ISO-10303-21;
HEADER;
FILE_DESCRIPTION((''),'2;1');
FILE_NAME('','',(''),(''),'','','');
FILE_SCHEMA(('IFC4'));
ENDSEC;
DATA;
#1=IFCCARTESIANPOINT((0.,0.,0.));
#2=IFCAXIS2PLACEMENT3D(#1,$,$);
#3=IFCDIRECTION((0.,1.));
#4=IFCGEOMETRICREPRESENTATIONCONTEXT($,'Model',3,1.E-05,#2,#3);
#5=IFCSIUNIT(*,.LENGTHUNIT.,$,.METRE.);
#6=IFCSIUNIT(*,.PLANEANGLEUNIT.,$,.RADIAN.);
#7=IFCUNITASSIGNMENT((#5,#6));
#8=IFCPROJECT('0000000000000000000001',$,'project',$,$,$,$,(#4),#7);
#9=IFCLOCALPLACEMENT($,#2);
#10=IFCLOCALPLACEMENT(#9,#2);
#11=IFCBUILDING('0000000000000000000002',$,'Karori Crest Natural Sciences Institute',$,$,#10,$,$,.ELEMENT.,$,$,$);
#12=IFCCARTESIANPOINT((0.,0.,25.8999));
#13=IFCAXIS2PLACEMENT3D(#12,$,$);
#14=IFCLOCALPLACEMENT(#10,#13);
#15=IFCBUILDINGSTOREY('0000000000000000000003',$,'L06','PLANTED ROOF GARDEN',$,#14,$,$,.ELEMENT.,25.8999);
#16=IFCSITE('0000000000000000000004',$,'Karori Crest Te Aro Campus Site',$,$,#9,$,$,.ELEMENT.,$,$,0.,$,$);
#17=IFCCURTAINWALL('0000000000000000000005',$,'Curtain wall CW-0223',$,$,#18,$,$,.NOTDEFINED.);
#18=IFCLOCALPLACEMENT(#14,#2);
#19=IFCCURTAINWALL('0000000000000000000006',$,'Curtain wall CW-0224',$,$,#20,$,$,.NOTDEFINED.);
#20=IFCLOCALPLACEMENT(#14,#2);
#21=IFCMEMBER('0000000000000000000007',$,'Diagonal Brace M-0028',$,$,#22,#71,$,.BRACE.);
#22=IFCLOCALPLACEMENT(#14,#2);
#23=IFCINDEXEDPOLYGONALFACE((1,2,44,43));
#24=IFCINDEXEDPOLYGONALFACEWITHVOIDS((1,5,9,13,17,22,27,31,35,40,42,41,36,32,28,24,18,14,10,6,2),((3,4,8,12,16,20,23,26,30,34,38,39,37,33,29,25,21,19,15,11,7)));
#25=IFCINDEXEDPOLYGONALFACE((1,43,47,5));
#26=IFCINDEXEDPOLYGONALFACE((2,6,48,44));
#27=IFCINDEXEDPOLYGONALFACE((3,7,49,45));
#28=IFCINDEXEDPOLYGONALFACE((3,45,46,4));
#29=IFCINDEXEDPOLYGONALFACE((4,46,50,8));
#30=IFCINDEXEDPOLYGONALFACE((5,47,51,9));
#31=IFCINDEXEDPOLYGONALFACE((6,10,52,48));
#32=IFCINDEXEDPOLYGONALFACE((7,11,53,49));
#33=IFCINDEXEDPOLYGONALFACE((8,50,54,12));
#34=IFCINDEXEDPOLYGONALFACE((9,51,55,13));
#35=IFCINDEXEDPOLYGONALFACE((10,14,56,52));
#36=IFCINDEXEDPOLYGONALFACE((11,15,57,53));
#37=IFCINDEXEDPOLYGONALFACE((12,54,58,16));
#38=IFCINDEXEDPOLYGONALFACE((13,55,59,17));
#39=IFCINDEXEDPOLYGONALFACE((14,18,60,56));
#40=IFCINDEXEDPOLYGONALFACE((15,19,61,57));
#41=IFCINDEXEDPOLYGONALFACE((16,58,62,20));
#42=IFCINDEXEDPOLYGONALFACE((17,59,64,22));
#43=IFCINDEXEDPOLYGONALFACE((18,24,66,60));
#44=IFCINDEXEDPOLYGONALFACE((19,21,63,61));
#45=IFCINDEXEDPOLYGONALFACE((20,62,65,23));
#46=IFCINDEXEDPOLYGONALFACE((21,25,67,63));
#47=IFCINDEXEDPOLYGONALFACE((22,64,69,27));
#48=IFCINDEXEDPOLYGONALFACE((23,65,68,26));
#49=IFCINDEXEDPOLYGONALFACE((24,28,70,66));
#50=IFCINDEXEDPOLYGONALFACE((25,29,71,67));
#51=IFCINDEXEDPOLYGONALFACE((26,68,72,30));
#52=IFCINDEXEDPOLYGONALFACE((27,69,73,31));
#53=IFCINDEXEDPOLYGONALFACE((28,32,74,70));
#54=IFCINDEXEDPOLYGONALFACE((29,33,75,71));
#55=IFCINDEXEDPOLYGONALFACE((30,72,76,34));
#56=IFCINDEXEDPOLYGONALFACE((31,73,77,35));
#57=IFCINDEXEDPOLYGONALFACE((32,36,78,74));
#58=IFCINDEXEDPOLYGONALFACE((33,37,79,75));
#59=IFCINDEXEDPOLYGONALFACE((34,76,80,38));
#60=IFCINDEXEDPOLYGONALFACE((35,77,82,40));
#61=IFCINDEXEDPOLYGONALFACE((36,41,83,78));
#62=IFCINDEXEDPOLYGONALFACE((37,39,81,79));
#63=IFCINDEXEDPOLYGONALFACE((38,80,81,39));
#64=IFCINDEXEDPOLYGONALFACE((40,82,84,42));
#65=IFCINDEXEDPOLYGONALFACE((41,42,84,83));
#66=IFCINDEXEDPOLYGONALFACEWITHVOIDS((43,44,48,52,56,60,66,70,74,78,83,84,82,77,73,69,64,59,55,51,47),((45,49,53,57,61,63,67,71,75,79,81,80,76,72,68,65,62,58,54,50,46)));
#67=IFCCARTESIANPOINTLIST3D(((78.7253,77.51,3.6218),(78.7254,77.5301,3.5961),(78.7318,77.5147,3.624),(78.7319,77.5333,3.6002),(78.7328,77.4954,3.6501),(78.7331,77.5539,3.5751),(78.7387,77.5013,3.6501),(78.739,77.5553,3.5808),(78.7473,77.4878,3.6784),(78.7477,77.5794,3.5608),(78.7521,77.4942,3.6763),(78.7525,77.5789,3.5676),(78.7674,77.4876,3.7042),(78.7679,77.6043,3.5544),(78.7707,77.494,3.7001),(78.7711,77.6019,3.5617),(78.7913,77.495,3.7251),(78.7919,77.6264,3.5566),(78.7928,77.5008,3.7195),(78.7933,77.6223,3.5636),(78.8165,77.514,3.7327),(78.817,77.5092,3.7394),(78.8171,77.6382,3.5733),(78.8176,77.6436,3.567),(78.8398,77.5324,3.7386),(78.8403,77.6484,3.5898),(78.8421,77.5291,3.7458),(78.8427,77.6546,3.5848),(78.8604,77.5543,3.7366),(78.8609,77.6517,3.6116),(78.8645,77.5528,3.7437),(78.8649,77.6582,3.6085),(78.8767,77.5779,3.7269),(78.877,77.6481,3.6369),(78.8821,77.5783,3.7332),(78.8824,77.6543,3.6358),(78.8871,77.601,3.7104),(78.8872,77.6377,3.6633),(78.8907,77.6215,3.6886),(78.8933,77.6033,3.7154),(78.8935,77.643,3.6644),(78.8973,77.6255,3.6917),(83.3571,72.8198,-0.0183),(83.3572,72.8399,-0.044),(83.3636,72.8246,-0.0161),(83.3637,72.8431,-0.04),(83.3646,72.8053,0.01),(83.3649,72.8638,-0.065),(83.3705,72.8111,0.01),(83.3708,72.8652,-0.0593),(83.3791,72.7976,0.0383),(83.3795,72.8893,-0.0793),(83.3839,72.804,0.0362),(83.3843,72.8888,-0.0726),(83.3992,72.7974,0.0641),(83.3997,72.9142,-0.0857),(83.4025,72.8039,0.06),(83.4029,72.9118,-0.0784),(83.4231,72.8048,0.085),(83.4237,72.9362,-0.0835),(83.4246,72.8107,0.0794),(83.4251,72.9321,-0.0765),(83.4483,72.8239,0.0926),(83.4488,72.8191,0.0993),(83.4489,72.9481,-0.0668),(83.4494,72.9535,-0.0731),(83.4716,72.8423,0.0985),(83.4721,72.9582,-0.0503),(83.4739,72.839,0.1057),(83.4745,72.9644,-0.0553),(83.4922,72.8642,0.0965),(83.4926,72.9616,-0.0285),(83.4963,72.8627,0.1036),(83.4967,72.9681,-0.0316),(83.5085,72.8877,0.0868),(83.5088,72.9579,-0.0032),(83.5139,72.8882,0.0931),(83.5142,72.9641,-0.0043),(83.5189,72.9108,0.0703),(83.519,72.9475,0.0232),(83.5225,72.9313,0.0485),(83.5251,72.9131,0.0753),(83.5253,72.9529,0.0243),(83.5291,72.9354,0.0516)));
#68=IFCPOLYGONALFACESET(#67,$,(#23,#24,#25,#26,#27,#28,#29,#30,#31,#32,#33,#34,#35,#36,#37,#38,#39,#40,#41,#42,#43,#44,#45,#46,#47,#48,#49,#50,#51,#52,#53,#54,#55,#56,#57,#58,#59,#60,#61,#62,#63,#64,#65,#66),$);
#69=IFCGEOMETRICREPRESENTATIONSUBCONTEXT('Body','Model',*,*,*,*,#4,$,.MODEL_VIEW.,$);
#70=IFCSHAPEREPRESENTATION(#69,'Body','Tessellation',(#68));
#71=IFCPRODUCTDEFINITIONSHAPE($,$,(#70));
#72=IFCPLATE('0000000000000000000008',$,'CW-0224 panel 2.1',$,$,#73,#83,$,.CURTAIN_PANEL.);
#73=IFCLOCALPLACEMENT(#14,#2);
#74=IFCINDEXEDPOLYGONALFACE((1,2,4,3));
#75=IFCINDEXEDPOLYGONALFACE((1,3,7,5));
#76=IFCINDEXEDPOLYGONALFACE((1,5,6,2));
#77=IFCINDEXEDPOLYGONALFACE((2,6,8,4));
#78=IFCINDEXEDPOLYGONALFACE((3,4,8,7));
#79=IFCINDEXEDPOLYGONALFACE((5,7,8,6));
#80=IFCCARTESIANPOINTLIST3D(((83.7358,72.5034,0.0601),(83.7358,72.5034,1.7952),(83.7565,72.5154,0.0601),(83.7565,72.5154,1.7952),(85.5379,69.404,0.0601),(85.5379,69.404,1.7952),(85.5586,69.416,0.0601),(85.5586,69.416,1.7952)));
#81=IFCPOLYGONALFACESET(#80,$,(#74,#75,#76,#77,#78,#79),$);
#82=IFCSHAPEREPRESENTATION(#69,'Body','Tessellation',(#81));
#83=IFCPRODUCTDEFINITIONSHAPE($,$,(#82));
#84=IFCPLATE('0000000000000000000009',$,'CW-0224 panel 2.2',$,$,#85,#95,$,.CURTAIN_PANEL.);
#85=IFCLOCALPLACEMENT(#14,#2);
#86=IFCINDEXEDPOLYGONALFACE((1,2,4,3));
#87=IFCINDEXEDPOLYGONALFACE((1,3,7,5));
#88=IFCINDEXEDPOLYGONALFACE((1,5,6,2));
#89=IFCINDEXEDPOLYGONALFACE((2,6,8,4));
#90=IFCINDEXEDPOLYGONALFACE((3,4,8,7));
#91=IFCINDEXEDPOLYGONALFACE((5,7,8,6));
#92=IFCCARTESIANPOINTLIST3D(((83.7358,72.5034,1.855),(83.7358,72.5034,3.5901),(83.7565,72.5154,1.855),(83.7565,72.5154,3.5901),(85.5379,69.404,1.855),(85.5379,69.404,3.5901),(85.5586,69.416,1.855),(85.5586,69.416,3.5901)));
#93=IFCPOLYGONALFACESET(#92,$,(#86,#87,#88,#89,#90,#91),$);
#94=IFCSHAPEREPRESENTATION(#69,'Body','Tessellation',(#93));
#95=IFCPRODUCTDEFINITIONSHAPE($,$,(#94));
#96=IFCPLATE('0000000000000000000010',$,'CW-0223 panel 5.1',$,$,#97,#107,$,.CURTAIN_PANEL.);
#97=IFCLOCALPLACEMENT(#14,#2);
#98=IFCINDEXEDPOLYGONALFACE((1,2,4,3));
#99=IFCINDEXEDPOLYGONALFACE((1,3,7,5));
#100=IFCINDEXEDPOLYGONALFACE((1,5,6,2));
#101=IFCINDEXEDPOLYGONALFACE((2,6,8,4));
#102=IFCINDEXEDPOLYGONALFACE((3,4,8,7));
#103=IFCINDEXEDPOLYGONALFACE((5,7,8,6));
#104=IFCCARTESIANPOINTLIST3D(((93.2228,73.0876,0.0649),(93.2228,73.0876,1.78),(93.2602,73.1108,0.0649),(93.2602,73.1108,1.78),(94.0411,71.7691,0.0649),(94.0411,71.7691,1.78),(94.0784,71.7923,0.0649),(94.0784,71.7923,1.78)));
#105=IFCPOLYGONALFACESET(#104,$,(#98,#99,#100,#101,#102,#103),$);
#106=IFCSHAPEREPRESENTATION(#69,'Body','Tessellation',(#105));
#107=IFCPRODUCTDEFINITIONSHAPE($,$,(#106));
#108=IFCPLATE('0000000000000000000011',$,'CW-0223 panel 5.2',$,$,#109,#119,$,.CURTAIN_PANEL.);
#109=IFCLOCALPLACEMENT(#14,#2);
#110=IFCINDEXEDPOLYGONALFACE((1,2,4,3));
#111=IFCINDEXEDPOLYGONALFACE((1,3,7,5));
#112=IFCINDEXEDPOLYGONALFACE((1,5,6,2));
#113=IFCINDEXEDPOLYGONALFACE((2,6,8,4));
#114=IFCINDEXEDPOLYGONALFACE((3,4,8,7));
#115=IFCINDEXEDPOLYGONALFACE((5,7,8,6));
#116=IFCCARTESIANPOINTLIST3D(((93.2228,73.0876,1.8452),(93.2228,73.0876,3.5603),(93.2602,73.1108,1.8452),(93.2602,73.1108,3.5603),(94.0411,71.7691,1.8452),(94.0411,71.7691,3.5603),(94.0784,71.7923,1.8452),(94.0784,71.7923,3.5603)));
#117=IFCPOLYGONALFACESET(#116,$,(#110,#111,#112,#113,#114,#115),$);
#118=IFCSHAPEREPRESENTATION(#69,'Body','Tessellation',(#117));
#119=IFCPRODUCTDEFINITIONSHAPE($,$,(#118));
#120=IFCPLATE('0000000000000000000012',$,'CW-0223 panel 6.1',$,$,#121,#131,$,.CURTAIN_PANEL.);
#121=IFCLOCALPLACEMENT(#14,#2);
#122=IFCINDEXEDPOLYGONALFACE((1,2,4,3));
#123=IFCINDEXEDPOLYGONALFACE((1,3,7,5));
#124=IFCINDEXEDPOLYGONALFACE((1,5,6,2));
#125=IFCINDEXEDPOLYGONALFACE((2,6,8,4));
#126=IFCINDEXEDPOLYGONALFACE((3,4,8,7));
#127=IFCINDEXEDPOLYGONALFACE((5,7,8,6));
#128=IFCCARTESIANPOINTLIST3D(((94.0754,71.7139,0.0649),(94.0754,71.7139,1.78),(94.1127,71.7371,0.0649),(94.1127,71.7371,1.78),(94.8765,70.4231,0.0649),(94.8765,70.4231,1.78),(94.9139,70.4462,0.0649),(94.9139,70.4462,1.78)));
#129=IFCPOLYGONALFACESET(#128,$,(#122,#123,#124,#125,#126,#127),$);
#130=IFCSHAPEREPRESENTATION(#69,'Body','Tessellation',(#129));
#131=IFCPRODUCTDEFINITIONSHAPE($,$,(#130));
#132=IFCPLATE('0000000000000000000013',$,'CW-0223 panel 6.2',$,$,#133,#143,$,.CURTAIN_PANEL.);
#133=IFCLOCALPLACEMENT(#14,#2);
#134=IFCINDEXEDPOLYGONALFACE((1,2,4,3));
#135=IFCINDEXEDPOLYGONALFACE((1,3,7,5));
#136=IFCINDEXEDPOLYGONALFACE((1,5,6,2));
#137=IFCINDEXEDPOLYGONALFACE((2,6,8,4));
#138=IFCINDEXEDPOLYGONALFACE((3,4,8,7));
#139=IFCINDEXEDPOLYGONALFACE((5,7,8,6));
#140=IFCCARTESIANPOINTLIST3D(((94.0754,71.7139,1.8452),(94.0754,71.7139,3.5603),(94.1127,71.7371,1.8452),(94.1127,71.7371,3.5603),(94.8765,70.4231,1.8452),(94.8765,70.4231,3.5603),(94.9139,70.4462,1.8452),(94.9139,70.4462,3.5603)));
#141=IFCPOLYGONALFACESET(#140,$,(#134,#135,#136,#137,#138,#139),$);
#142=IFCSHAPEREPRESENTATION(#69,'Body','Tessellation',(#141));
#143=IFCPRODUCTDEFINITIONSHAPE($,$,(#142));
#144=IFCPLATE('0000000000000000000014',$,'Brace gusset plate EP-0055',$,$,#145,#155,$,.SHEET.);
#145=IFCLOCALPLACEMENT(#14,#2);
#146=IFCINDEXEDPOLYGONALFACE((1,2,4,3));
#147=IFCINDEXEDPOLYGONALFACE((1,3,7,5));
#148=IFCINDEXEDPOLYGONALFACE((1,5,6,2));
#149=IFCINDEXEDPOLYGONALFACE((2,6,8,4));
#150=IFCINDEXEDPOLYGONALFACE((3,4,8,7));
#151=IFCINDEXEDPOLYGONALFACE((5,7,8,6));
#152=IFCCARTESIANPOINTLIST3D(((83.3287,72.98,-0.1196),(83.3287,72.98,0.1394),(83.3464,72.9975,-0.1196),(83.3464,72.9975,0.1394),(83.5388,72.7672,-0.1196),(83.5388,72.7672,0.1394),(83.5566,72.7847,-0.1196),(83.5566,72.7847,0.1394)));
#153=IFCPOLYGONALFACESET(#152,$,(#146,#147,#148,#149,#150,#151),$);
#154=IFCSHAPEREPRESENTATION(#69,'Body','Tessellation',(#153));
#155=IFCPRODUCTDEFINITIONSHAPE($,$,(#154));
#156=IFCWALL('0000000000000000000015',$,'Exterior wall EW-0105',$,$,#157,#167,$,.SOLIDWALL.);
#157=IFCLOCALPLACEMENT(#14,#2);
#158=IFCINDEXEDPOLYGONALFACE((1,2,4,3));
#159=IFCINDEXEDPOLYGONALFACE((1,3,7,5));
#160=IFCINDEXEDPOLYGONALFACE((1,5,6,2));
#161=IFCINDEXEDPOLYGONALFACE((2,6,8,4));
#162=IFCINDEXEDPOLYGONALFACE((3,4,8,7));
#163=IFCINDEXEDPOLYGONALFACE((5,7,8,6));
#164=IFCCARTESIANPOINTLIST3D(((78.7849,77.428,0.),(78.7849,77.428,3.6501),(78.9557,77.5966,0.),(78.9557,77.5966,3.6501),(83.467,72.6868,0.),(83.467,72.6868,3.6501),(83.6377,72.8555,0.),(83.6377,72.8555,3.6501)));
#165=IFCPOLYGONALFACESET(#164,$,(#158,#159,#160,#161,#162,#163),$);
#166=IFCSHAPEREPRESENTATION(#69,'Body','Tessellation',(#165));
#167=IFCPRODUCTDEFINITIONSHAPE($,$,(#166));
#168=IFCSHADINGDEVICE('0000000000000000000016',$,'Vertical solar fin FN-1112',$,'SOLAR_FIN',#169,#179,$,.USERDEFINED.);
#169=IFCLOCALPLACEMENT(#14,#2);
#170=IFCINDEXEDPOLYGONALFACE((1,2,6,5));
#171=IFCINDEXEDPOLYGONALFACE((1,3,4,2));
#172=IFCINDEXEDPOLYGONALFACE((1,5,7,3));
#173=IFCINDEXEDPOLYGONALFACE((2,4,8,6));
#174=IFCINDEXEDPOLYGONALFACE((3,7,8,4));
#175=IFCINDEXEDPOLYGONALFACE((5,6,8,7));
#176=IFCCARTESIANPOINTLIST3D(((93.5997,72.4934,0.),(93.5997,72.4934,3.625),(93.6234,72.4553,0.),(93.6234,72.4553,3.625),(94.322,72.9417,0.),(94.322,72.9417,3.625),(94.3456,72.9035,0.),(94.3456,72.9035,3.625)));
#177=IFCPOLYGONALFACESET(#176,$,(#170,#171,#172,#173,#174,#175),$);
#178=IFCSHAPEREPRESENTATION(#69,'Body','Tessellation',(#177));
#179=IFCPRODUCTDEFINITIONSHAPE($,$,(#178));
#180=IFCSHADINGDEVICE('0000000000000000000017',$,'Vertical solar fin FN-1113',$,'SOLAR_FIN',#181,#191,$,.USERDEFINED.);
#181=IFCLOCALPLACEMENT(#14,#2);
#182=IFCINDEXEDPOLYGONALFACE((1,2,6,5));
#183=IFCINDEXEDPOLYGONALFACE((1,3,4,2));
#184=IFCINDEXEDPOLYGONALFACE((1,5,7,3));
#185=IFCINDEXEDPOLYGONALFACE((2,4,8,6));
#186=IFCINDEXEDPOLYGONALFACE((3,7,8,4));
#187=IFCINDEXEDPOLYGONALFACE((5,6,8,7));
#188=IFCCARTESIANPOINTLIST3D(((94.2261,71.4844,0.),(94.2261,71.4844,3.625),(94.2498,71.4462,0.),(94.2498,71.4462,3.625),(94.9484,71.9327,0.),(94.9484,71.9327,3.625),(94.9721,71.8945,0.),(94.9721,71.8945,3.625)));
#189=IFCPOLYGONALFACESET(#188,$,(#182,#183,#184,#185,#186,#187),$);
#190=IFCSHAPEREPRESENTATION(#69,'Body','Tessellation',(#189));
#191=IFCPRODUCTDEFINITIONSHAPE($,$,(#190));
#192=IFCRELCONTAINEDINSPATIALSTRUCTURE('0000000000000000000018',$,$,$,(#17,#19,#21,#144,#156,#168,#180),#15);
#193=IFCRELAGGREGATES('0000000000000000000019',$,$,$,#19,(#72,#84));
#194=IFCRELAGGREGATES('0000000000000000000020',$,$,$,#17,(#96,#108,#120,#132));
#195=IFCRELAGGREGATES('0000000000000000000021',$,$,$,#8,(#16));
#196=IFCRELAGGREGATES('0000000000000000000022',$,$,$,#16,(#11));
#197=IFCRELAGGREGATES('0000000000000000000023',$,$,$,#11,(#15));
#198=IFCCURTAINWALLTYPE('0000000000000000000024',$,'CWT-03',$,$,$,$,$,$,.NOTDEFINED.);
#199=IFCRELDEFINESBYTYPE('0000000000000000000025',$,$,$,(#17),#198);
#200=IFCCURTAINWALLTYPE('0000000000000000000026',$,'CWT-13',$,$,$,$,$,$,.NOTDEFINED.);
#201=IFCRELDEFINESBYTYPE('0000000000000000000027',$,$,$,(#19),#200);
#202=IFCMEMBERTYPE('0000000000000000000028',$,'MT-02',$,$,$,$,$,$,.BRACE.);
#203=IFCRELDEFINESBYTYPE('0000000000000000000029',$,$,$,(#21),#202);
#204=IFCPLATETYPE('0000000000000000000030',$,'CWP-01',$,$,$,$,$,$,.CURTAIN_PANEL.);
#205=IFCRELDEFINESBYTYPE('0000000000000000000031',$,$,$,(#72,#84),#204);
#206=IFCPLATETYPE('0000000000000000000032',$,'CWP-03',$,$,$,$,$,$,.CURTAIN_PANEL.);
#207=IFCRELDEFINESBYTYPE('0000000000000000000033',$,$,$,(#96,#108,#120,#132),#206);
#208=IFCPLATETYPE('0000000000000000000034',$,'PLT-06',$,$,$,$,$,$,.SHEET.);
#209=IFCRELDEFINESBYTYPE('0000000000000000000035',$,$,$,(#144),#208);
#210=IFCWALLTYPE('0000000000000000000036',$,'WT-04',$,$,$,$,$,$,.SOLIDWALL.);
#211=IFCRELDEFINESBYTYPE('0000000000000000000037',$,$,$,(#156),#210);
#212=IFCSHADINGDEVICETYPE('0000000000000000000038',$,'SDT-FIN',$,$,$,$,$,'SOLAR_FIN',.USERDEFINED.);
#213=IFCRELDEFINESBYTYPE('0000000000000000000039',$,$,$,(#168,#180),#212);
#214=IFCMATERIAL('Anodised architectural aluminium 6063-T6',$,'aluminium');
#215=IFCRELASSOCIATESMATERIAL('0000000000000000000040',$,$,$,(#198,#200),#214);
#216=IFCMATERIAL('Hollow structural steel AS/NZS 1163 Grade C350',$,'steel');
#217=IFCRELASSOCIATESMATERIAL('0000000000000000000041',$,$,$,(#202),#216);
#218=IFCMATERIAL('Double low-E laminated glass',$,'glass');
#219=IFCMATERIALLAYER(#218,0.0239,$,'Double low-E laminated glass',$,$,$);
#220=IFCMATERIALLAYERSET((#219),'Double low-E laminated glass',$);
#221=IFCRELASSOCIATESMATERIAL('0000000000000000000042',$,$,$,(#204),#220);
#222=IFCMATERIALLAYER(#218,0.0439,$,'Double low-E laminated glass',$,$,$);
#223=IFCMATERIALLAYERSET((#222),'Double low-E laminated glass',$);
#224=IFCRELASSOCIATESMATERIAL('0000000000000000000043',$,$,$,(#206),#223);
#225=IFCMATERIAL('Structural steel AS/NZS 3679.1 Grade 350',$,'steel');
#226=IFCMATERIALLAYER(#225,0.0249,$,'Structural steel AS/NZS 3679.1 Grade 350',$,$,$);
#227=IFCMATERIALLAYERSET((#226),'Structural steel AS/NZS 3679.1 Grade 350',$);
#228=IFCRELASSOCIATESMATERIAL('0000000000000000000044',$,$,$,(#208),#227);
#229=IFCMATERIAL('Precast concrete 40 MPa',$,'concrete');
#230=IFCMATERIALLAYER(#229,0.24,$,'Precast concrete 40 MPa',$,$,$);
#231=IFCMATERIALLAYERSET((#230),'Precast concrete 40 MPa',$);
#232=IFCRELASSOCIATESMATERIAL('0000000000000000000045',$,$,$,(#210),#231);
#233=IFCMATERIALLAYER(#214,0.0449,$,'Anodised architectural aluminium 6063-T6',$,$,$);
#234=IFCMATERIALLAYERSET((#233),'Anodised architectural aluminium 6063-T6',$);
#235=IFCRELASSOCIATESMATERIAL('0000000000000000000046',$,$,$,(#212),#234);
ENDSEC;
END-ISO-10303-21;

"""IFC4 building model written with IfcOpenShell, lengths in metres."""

from ifc_helpers import new_model, si_unit, direction, frame, frame_2d, origin, origin_2d, place, context, subcontext, project, spatial, rectangle, hollow_circle, extrude, material, layer, layer_set, material_profile, profile_set, type_object, element, aggregate, save


model = new_model("IFC4")

# Units and contexts
model_context = context("Model", 3, precision=1e-05, world=origin(), true_north=direction((0.0, 1.0)))
body_context = subcontext(model_context, "Body", "Model", "MODEL_VIEW")
ifc_project = project(units=[si_unit("LENGTHUNIT", "METRE"), si_unit("PLANEANGLEUNIT", "RADIAN")], contexts=[model_context])

# Site, building, storey
site_placement = place(None, origin())
site = spatial("IfcSite", under=ifc_project, at=site_placement, Name="Karori Crest Te Aro Campus Site", CompositionType="ELEMENT", RefElevation=0.0)
building_placement = place(site_placement, origin())
building = spatial("IfcBuilding", under=site, at=building_placement, Name="Karori Crest Natural Sciences Institute", CompositionType="ELEMENT")
storey_placement = place(building_placement, frame((0.0, 0.0, 25.8999)))
storey = spatial("IfcBuildingStorey", under=building, at=storey_placement, Name="L06", Description="PLANTED ROOF GARDEN", CompositionType="ELEMENT", Elevation=25.8999)

# Shared definitions
ifc_material_1 = material(Name="Structural steel AS/NZS 3679.1 Grade 350", Category="steel")

# Shared definitions
ifc_material_2 = material(Name="Hollow structural steel AS/NZS 1163 Grade C350", Category="steel")

# Shared definitions
ifc_material_3 = material(Name="Anodised architectural aluminium 6063-T6", Category="aluminium")

# Curtain wall
curtain_wall_type_1 = type_object("IfcCurtainWallType", Name="CWT-03", PredefinedType="NOTDEFINED", material=ifc_material_3)
curtain_wall_1_placement = place(storey_placement, origin())
curtain_wall_1 = element("IfcCurtainWall", 1, at=curtain_wall_1_placement, inside=storey, type_object=curtain_wall_type_1, Name="Curtain wall CW-0223", PredefinedType="NOTDEFINED")

# Curtain wall
curtain_wall_type_2 = type_object("IfcCurtainWallType", Name="CWT-13", PredefinedType="NOTDEFINED", material=ifc_material_3)
curtain_wall_2_placement = place(storey_placement, origin())
curtain_wall_2 = element("IfcCurtainWall", 2, at=curtain_wall_2_placement, inside=storey, type_object=curtain_wall_type_2, Name="Curtain wall CW-0224", PredefinedType="NOTDEFINED")

# Member
ifc_material_profile_1 = material_profile(ifc_material_2, hollow_circle(Radius=0.1096, WallThickness=0.0083, at=origin_2d()), Name="CHS219.1x8.2")
ifc_profile_set_1 = profile_set([ifc_material_profile_1], Name="Hollow structural steel AS/NZS 1163 Grade C350")
member_type_1 = type_object("IfcMemberType", Name="MT-02", PredefinedType="BRACE", material=ifc_profile_set_1)
member_1_placement = place(storey_placement, frame((83.4426, 72.8823, 0.01), z_axis=(-0.61511, 0.622859, 0.483412), x_axis=(-0.711519, -0.702667, 0.0)))
element("IfcMember", 3, at=member_1_placement, inside=storey, type_object=member_type_1, Name="Diagonal Brace M-0028", PredefinedType="BRACE", context=body_context, shape_type="SweptSolid", body=[
    extrude(hollow_circle(Radius=0.1096, WallThickness=0.0083, at=origin_2d()), origin(), (0.0, 0.0, 1.0), 7.53),
])

# Plates
ifc_material_4 = material(Name="Double low-E laminated glass", Category="glass")
ifc_layer_1 = layer(ifc_material_4, 0.0239, Name="Double low-E laminated glass")
ifc_layer_set_1 = layer_set([ifc_layer_1], Name="Double low-E laminated glass")
plate_type_1 = type_object("IfcPlateType", Name="CWP-01", PredefinedType="CURTAIN_PANEL", material=ifc_layer_set_1)
plate_1_placement = place(storey_placement, frame((84.6472, 70.9597, 0.0601), z_axis=(0.0, 0.0, 1.0), x_axis=(-0.502655, 0.864487, 0.0)))
plate_1 = element("IfcPlate", 4, at=plate_1_placement, type_object=plate_type_1, Name="CW-0224 panel 2.1", PredefinedType="CURTAIN_PANEL", context=body_context, shape_type="SweptSolid", body=[
    extrude(rectangle(XDim=3.5852, YDim=0.0239, at=origin_2d()), origin(), (0.0, 0.0, 1.0), 1.7351),
])
plate_2_placement = place(storey_placement, frame((84.6472, 70.9597, 1.855), z_axis=(0.0, 0.0, 1.0), x_axis=(-0.502655, 0.864487, 0.0)))
plate_2 = element("IfcPlate", 5, at=plate_2_placement, type_object=plate_type_1, Name="CW-0224 panel 2.2", PredefinedType="CURTAIN_PANEL", context=body_context, shape_type="SweptSolid", body=[
    extrude(rectangle(XDim=3.5852, YDim=0.0239, at=origin_2d()), origin(), (0.0, 0.0, 1.0), 1.7351),
])
aggregate(curtain_wall_2, [plate_1, plate_2])
ifc_layer_2 = layer(ifc_material_4, 0.0439, Name="Double low-E laminated glass")
ifc_layer_set_2 = layer_set([ifc_layer_2], Name="Double low-E laminated glass")
plate_type_2 = type_object("IfcPlateType", Name="CWP-03", PredefinedType="CURTAIN_PANEL", material=ifc_layer_set_2)
plate_3_placement = place(storey_placement, frame((93.6506, 72.4399, 0.0649), z_axis=(0.0, 0.0, 1.0), x_axis=(0.527328, -0.849662, 0.0)))
plate_3 = element("IfcPlate", 6, at=plate_3_placement, type_object=plate_type_2, Name="CW-0223 panel 5.1", PredefinedType="CURTAIN_PANEL", context=body_context, shape_type="SweptSolid", body=[
    extrude(rectangle(XDim=1.5518, YDim=0.0439, at=origin_2d()), origin(), (0.0, 0.0, 1.0), 1.7151),
])
plate_4_placement = place(storey_placement, frame((93.6506, 72.4399, 1.8452), z_axis=(0.0, 0.0, 1.0), x_axis=(0.527328, -0.849662, 0.0)))
plate_4 = element("IfcPlate", 7, at=plate_4_placement, type_object=plate_type_2, Name="CW-0223 panel 5.2", PredefinedType="CURTAIN_PANEL", context=body_context, shape_type="SweptSolid", body=[
    extrude(rectangle(XDim=1.5518, YDim=0.0439, at=origin_2d()), origin(), (0.0, 0.0, 1.0), 1.7151),
])
plate_5_placement = place(storey_placement, frame((94.4946, 71.0801, 0.0649), z_axis=(0.0, 0.0, 1.0), x_axis=(0.527328, -0.849662, 0.0)))
plate_5 = element("IfcPlate", 8, at=plate_5_placement, type_object=plate_type_2, Name="CW-0223 panel 6.1", PredefinedType="CURTAIN_PANEL", context=body_context, shape_type="SweptSolid", body=[
    extrude(rectangle(XDim=1.5193, YDim=0.0439, at=origin_2d()), origin(), (0.0, 0.0, 1.0), 1.7151),
])
plate_6_placement = place(storey_placement, frame((94.4946, 71.0801, 1.8452), z_axis=(0.0, 0.0, 1.0), x_axis=(0.527328, -0.849662, 0.0)))
plate_6 = element("IfcPlate", 9, at=plate_6_placement, type_object=plate_type_2, Name="CW-0223 panel 6.2", PredefinedType="CURTAIN_PANEL", context=body_context, shape_type="SweptSolid", body=[
    extrude(rectangle(XDim=1.5193, YDim=0.0439, at=origin_2d()), origin(), (0.0, 0.0, 1.0), 1.7151),
])
aggregate(curtain_wall_1, [plate_3, plate_4, plate_5, plate_6])
ifc_layer_3 = layer(ifc_material_1, 0.0249, Name="Structural steel AS/NZS 3679.1 Grade 350")
ifc_layer_set_3 = layer_set([ifc_layer_3], Name="Structural steel AS/NZS 3679.1 Grade 350")
plate_type_3 = type_object("IfcPlateType", Name="PLT-06", PredefinedType="SHEET", material=ifc_layer_set_3)
plate_7_placement = place(storey_placement, frame((83.4426, 72.8823, -0.1196), z_axis=(0.0, 0.0, 1.0), x_axis=(-0.702664, 0.711522, 0.0)))
element("IfcPlate", 10, at=plate_7_placement, inside=storey, type_object=plate_type_3, Name="Brace gusset plate EP-0055", PredefinedType="SHEET", context=body_context, shape_type="SweptSolid", body=[
    extrude(rectangle(XDim=0.2991, YDim=0.0249, at=origin_2d()), origin(), (0.0, 0.0, 1.0), 0.259),
])

# Wall
ifc_material_5 = material(Name="Precast concrete 40 MPa", Category="concrete")
ifc_layer_4 = layer(ifc_material_5, 0.24, Name="Precast concrete 40 MPa")
ifc_layer_set_4 = layer_set([ifc_layer_4], Name="Precast concrete 40 MPa")
wall_type = type_object("IfcWallType", Name="WT-04", PredefinedType="SOLIDWALL", material=ifc_layer_set_4)
wall_placement = place(storey_placement, frame((83.5522, 72.7712, 0.0), z_axis=(0.0, 0.0, 1.0), x_axis=(-0.70266, 0.711526, 0.0)))
element("IfcWall", 11, at=wall_placement, inside=storey, type_object=wall_type, Name="Exterior wall EW-0105", PredefinedType="SOLIDWALL", context=body_context, shape_type="SweptSolid", body=[
    extrude(rectangle(XDim=6.6633, YDim=0.24, at=frame_2d((3.3315, 0.0))), origin(), (0.0, 0.0, 1.0), 3.6501),
])

# Shading devices
ifc_layer_5 = layer(ifc_material_3, 0.0449, Name="Anodised architectural aluminium 6063-T6")
ifc_layer_set_5 = layer_set([ifc_layer_5], Name="Anodised architectural aluminium 6063-T6")
shading_device_type = type_object("IfcShadingDeviceType", Name="SDT-FIN", ElementType="SOLAR_FIN", PredefinedType="USERDEFINED", material=ifc_layer_set_5)
for number, where, z_axis, x_axis, name in (
    (12, (93.9727, 72.6985, 0.0), (0.0, 0.0, 1.0), (0.849662, 0.527328, 0.0), "Vertical solar fin FN-1112"),
    (13, (94.5991, 71.6895, 0.0), (0.0, 0.0, 1.0), (0.849662, 0.527328, 0.0), "Vertical solar fin FN-1113"),
):
    element("IfcShadingDevice", number, at=place(storey_placement, frame(where, z_axis=z_axis, x_axis=x_axis)), inside=storey, type_object=shading_device_type, Name=name, ObjectType="SOLAR_FIN", PredefinedType="USERDEFINED", context=body_context, shape_type="SweptSolid", body=[
        extrude(rectangle(XDim=0.8501, YDim=0.0449, at=origin_2d()), origin(), (0.0, 0.0, 1.0), 3.625),
    ])

save(model, "model.ifc")
